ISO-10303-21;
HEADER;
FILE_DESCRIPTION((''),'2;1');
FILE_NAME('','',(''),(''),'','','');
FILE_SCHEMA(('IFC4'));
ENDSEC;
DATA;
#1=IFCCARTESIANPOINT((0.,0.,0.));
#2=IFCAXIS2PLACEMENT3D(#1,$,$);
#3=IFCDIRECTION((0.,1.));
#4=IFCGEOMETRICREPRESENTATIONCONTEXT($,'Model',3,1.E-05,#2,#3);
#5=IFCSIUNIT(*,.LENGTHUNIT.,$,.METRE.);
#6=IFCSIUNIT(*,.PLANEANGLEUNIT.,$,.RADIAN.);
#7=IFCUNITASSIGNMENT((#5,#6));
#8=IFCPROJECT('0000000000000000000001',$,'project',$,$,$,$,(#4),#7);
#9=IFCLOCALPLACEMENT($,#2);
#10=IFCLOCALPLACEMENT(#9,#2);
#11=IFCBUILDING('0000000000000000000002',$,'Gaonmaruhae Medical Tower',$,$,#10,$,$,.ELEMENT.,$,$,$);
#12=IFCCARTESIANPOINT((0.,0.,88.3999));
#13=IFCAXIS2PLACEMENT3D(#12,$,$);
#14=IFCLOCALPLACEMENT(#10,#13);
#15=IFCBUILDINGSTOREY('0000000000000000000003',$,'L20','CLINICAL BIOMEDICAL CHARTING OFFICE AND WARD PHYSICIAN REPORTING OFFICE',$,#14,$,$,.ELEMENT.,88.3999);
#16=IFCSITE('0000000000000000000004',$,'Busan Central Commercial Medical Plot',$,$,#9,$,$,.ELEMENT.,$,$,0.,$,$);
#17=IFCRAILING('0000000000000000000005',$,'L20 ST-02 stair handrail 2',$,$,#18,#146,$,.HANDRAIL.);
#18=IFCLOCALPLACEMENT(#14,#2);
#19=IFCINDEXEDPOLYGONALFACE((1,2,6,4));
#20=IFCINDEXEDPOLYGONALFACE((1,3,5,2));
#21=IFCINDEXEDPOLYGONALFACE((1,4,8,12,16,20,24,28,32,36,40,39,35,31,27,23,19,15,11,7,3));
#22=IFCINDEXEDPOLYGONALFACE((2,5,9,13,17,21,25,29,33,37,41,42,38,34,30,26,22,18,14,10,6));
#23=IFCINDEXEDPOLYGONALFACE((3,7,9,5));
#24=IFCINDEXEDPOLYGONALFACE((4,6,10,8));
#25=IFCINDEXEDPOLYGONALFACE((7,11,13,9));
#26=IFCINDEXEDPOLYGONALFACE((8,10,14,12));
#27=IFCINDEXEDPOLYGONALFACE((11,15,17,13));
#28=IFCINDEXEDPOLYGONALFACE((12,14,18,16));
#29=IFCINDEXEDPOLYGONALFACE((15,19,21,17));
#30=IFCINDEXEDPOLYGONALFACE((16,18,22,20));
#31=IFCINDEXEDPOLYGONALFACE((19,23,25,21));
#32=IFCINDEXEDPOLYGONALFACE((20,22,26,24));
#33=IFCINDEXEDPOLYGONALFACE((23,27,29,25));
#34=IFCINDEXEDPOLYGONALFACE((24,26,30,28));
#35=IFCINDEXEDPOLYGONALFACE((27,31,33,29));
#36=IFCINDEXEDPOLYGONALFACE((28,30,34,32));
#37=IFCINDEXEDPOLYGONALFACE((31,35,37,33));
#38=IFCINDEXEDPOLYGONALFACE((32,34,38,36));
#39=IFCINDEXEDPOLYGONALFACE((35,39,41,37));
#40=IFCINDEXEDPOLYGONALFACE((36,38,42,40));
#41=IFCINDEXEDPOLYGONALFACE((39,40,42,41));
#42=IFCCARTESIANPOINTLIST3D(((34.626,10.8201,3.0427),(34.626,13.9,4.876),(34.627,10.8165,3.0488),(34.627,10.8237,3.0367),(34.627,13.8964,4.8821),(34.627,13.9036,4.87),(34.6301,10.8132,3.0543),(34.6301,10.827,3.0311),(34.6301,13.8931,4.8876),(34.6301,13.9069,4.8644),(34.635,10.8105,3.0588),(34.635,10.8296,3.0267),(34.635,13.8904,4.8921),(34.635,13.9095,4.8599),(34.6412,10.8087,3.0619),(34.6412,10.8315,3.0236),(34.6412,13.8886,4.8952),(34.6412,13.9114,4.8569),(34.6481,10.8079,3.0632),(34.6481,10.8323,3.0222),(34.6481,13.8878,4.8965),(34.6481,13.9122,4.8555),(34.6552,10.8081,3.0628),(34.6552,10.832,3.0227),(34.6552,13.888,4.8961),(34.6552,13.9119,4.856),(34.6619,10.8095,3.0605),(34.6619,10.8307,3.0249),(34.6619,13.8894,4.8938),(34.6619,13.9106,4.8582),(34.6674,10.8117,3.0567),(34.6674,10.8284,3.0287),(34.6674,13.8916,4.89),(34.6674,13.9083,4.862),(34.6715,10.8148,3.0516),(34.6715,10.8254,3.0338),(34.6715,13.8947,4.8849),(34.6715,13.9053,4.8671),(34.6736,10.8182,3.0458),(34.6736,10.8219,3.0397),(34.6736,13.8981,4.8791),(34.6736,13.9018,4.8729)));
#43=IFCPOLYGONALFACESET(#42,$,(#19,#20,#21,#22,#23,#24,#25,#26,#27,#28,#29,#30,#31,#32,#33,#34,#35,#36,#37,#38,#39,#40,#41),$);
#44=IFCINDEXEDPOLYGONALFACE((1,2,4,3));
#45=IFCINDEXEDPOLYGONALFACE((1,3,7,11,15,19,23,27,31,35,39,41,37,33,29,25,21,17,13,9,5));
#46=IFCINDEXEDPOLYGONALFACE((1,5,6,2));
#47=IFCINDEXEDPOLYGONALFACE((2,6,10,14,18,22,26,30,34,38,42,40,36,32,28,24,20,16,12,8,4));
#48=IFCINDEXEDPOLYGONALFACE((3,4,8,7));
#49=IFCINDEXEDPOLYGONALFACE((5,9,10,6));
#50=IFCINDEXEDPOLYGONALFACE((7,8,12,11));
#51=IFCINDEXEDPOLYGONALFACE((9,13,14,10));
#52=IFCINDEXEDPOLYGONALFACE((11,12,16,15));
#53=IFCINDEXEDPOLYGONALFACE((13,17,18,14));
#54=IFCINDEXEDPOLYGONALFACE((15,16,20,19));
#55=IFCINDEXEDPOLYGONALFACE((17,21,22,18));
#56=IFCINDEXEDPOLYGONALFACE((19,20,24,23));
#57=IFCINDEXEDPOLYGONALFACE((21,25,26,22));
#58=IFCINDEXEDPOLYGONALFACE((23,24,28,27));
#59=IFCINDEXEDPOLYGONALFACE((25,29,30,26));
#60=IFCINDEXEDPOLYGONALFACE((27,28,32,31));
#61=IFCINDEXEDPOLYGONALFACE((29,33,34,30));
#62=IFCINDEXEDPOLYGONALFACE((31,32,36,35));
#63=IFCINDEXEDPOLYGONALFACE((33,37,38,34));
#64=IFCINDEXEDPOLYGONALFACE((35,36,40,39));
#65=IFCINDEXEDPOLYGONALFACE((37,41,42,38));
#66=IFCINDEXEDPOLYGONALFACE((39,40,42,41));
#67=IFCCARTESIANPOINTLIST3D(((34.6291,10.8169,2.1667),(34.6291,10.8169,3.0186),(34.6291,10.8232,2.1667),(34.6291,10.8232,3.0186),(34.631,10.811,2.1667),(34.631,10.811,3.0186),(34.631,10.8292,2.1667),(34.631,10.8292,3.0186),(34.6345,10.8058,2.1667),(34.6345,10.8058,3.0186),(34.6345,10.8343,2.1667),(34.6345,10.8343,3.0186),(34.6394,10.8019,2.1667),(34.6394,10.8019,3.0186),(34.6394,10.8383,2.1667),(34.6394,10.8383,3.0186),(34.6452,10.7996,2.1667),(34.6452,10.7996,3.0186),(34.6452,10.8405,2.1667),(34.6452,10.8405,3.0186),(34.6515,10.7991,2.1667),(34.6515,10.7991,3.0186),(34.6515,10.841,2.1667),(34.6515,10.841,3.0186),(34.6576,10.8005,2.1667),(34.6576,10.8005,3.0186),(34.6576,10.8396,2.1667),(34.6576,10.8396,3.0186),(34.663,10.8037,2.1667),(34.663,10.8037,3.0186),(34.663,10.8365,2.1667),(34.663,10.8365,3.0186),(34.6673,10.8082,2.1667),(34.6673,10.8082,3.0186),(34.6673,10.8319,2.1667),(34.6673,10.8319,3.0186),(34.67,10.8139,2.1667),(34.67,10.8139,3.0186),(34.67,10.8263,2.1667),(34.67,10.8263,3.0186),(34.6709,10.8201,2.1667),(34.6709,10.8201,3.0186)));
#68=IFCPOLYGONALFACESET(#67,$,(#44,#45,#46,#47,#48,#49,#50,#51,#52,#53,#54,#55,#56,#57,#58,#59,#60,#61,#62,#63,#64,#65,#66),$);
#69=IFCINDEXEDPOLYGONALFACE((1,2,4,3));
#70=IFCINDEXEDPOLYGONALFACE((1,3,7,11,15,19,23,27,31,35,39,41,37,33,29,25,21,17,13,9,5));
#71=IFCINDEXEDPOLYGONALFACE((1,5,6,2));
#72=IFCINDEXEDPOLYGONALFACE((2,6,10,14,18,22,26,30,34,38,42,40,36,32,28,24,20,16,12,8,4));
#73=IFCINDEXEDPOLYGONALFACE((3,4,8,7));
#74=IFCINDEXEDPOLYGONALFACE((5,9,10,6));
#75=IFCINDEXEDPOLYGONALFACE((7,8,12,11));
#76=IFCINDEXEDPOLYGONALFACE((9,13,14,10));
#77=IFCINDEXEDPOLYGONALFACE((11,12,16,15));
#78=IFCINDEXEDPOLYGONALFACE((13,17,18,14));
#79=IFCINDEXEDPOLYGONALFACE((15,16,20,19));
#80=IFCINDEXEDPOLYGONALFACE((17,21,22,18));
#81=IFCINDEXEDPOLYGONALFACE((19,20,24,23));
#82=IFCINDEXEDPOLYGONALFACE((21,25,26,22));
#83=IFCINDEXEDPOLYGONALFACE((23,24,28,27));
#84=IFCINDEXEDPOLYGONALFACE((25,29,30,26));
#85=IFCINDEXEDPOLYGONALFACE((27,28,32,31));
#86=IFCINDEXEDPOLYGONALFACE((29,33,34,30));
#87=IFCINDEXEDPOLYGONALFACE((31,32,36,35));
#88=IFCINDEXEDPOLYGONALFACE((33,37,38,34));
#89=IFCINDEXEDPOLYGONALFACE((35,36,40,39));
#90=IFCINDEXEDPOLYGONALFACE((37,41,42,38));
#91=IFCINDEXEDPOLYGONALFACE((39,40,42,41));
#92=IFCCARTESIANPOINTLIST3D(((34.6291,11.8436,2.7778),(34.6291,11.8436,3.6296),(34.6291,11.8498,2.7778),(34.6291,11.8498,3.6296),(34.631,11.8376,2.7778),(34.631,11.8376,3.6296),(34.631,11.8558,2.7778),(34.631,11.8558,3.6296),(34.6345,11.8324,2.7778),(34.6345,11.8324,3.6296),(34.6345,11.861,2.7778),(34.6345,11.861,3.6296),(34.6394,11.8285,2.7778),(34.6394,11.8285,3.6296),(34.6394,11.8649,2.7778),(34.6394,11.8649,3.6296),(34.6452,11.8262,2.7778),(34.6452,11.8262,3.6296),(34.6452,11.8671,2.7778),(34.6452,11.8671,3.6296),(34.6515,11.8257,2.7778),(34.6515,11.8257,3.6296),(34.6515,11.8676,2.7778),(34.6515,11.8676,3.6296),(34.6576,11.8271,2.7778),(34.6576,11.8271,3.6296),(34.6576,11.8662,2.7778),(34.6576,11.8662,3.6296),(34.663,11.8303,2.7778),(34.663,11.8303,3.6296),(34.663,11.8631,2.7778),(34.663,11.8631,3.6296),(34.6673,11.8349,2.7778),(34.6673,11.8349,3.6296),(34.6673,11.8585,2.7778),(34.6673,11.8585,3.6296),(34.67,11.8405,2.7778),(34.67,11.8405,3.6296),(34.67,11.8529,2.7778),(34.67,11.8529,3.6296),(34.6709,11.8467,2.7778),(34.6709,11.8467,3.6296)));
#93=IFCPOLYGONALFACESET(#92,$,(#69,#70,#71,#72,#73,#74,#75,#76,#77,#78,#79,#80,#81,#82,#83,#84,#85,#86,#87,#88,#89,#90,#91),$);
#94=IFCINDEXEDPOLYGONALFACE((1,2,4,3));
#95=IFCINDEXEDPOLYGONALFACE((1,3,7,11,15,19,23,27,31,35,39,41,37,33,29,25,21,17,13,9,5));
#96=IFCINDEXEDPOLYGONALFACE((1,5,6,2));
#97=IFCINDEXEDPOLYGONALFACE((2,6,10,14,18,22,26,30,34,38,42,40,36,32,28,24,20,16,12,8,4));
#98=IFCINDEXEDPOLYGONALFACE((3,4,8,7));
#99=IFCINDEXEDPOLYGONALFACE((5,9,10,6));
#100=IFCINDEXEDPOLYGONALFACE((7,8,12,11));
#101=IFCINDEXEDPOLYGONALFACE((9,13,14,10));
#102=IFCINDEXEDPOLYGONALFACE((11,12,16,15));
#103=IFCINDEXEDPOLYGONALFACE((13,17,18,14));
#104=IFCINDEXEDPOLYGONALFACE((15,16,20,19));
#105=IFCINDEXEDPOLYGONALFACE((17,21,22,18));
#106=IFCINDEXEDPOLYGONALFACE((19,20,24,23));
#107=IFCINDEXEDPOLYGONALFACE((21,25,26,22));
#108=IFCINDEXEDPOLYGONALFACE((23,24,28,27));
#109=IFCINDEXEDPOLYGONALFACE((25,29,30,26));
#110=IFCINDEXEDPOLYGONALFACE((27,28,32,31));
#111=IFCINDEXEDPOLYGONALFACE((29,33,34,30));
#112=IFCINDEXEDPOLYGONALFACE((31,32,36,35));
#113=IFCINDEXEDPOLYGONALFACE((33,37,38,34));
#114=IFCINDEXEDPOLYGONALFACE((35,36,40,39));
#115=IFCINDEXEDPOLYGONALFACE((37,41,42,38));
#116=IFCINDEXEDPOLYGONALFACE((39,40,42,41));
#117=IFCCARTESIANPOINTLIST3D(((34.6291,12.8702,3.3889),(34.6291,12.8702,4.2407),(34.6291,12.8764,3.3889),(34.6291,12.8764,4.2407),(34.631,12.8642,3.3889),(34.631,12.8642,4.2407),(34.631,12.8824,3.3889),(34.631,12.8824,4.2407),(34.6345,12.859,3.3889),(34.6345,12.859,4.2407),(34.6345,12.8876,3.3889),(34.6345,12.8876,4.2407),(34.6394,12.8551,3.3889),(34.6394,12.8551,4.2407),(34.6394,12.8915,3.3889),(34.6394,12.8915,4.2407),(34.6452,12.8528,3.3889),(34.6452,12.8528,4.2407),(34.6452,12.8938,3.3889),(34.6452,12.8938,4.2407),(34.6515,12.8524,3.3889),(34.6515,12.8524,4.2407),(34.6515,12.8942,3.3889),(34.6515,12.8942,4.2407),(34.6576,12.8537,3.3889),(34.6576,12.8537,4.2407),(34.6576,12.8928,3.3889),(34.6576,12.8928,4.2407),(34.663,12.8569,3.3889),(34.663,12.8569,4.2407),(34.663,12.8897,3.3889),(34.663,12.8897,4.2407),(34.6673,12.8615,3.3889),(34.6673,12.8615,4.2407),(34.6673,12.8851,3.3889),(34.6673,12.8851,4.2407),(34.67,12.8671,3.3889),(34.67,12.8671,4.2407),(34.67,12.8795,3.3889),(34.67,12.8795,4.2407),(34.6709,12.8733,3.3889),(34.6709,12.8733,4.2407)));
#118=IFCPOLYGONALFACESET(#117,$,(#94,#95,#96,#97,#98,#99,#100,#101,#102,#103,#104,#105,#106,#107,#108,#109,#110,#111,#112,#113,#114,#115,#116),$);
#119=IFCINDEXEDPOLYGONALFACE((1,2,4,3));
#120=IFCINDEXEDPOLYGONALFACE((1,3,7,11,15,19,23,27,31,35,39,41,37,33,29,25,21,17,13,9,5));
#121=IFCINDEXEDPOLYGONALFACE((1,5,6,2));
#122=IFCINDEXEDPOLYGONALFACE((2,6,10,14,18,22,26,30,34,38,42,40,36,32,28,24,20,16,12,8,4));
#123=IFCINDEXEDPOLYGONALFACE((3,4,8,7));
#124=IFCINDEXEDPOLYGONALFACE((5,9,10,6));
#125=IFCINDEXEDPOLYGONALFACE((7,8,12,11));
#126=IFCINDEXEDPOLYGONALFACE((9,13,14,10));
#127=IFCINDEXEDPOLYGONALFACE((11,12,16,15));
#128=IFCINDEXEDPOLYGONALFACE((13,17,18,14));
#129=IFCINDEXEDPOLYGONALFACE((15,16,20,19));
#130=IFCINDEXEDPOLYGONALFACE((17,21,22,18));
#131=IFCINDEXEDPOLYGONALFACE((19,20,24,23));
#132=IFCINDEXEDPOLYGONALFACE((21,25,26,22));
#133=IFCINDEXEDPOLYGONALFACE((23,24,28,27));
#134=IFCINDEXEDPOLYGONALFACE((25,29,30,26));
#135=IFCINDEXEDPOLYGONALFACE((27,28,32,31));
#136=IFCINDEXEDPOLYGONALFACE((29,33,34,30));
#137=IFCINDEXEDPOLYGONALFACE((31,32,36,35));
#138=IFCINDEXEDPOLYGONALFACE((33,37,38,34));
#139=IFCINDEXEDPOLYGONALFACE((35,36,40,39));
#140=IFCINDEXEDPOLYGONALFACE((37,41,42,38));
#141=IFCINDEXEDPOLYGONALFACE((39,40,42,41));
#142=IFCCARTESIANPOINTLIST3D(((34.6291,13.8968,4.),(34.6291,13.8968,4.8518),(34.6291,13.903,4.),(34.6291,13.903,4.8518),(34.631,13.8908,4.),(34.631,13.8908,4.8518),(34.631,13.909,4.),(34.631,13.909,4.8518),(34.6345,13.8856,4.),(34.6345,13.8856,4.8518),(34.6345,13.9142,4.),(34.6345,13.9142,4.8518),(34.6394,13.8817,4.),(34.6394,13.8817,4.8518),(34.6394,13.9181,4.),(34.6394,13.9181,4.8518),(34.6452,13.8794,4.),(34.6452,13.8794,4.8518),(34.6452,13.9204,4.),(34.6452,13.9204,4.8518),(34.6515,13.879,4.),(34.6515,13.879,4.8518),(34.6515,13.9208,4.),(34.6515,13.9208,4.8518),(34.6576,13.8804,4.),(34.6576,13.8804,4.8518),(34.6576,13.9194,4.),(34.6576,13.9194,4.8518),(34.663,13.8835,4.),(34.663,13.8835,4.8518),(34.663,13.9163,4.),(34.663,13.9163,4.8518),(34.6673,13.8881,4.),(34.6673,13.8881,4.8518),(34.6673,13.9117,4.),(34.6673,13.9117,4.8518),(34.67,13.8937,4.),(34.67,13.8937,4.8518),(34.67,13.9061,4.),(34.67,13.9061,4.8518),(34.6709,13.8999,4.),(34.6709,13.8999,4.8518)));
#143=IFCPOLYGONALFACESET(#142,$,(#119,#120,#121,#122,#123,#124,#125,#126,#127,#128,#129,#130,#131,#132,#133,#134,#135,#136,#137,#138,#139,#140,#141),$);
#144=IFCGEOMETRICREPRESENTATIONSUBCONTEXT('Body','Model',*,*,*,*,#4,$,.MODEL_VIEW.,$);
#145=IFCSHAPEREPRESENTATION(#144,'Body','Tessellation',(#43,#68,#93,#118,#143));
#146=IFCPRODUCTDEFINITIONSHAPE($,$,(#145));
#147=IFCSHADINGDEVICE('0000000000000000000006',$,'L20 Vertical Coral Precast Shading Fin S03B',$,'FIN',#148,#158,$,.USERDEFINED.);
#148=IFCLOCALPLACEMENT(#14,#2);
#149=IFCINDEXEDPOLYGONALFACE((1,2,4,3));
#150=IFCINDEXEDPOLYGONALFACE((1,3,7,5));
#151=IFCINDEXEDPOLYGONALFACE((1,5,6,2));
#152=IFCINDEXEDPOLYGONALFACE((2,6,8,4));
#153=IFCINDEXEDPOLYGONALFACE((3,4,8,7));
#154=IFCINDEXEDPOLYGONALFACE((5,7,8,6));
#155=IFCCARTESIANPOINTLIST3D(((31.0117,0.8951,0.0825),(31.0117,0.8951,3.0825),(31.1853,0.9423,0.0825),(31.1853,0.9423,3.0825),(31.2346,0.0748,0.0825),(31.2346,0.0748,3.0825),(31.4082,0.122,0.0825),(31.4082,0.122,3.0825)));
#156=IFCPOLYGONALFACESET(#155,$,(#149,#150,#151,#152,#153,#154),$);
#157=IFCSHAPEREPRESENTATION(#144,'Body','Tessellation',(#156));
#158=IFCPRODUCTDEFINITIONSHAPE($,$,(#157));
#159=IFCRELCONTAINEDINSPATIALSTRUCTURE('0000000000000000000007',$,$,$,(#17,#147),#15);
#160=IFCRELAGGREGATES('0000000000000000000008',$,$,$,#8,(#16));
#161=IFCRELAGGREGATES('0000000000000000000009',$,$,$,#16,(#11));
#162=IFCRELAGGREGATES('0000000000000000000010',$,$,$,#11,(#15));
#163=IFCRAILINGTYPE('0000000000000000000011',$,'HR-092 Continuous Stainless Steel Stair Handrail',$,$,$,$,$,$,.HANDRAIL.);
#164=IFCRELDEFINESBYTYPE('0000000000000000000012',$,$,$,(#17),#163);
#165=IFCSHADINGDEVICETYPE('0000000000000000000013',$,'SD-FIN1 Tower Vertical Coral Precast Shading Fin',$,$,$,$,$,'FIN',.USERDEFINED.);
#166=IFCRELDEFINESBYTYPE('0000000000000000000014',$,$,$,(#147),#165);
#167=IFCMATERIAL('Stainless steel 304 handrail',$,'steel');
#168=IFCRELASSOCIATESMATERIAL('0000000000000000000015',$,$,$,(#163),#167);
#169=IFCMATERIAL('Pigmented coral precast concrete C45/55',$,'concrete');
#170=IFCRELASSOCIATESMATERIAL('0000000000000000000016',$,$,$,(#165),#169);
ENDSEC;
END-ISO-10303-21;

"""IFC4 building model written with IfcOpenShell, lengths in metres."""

from ifc_helpers import new_model, si_unit, direction, frame, origin, origin_2d, place, context, subcontext, project, spatial, rectangle, circle, extrude, material, type_object, element, save


model = new_model("IFC4")

# Units and contexts
model_context = context("Model", 3, precision=1e-05, world=origin(), true_north=direction((0.0, 1.0)))
body_context = subcontext(model_context, "Body", "Model", "MODEL_VIEW")
ifc_project = project(units=[si_unit("LENGTHUNIT", "METRE"), si_unit("PLANEANGLEUNIT", "RADIAN")], contexts=[model_context])

# Site, building, storey
site_placement = place(None, origin())
site = spatial("IfcSite", under=ifc_project, at=site_placement, Name="Busan Central Commercial Medical Plot", CompositionType="ELEMENT", RefElevation=0.0)
building_placement = place(site_placement, origin())
building = spatial("IfcBuilding", under=site, at=building_placement, Name="Gaonmaruhae Medical Tower", CompositionType="ELEMENT")
storey_placement = place(building_placement, frame((0.0, 0.0, 88.3999)))
storey = spatial("IfcBuildingStorey", under=building, at=storey_placement, Name="L20", Description="CLINICAL BIOMEDICAL CHARTING OFFICE AND WARD PHYSICIAN REPORTING OFFICE", CompositionType="ELEMENT", Elevation=88.3999)

# Railing
ifc_material_1 = material(Name="Stainless steel 304 handrail", Category="steel")
railing_type_1 = type_object("IfcRailingType", Name="HR-092 Continuous Stainless Steel Stair Handrail", PredefinedType="HANDRAIL", material=ifc_material_1)
railing_1_placement = place(storey_placement, frame((34.6499, 10.8201, 2.1667)))
element("IfcRailing", 1, at=railing_1_placement, inside=storey, type_object=railing_type_1, Name="L20 ST-02 stair handrail 2", PredefinedType="HANDRAIL", context=body_context, shape_type="SweptSolid", body=[
    extrude(circle(Radius=0.0239, at=origin_2d()), frame((0.0, 0.0, 0.876), z_axis=(0.0, 0.859291, 0.511487), x_axis=(-1.0, 0.0, 0.0)), (0.0, 0.0, 1.0), 3.5842),
    extrude(circle(Radius=0.021, at=origin_2d()), origin(), (0.0, 0.0, 1.0), 0.8518),
    extrude(circle(Radius=0.021, at=origin_2d()), frame((0.0, 1.0266, 0.6111)), (0.0, 0.0, 1.0), 0.8518),
    extrude(circle(Radius=0.021, at=origin_2d()), frame((0.0, 2.0532, 1.2222)), (0.0, 0.0, 1.0), 0.8518),
    extrude(circle(Radius=0.021, at=origin_2d()), frame((0.0, 3.0798, 1.8333)), (0.0, 0.0, 1.0), 0.8518),
])

# Shading device
ifc_material_2 = material(Name="Pigmented coral precast concrete C45/55", Category="concrete")
shading_device_type = type_object("IfcShadingDeviceType", Name="SD-FIN1 Tower Vertical Coral Precast Shading Fin", ElementType="FIN", PredefinedType="USERDEFINED", material=ifc_material_2)
shading_device_placement = place(storey_placement, frame((31.21, 0.5085, 0.0825), z_axis=(0.0, 0.0, 1.0), x_axis=(-0.965016, -0.262189, 0.0)))
element("IfcShadingDevice", 2, at=shading_device_placement, inside=storey, type_object=shading_device_type, Name="L20 Vertical Coral Precast Shading Fin S03B", ObjectType="FIN", PredefinedType="USERDEFINED", context=body_context, shape_type="SweptSolid", body=[
    extrude(rectangle(XDim=0.1799, YDim=0.8501, at=origin_2d()), origin(), (0.0, 0.0, 1.0), 3.0),
])

save(model, "model.ifc")
